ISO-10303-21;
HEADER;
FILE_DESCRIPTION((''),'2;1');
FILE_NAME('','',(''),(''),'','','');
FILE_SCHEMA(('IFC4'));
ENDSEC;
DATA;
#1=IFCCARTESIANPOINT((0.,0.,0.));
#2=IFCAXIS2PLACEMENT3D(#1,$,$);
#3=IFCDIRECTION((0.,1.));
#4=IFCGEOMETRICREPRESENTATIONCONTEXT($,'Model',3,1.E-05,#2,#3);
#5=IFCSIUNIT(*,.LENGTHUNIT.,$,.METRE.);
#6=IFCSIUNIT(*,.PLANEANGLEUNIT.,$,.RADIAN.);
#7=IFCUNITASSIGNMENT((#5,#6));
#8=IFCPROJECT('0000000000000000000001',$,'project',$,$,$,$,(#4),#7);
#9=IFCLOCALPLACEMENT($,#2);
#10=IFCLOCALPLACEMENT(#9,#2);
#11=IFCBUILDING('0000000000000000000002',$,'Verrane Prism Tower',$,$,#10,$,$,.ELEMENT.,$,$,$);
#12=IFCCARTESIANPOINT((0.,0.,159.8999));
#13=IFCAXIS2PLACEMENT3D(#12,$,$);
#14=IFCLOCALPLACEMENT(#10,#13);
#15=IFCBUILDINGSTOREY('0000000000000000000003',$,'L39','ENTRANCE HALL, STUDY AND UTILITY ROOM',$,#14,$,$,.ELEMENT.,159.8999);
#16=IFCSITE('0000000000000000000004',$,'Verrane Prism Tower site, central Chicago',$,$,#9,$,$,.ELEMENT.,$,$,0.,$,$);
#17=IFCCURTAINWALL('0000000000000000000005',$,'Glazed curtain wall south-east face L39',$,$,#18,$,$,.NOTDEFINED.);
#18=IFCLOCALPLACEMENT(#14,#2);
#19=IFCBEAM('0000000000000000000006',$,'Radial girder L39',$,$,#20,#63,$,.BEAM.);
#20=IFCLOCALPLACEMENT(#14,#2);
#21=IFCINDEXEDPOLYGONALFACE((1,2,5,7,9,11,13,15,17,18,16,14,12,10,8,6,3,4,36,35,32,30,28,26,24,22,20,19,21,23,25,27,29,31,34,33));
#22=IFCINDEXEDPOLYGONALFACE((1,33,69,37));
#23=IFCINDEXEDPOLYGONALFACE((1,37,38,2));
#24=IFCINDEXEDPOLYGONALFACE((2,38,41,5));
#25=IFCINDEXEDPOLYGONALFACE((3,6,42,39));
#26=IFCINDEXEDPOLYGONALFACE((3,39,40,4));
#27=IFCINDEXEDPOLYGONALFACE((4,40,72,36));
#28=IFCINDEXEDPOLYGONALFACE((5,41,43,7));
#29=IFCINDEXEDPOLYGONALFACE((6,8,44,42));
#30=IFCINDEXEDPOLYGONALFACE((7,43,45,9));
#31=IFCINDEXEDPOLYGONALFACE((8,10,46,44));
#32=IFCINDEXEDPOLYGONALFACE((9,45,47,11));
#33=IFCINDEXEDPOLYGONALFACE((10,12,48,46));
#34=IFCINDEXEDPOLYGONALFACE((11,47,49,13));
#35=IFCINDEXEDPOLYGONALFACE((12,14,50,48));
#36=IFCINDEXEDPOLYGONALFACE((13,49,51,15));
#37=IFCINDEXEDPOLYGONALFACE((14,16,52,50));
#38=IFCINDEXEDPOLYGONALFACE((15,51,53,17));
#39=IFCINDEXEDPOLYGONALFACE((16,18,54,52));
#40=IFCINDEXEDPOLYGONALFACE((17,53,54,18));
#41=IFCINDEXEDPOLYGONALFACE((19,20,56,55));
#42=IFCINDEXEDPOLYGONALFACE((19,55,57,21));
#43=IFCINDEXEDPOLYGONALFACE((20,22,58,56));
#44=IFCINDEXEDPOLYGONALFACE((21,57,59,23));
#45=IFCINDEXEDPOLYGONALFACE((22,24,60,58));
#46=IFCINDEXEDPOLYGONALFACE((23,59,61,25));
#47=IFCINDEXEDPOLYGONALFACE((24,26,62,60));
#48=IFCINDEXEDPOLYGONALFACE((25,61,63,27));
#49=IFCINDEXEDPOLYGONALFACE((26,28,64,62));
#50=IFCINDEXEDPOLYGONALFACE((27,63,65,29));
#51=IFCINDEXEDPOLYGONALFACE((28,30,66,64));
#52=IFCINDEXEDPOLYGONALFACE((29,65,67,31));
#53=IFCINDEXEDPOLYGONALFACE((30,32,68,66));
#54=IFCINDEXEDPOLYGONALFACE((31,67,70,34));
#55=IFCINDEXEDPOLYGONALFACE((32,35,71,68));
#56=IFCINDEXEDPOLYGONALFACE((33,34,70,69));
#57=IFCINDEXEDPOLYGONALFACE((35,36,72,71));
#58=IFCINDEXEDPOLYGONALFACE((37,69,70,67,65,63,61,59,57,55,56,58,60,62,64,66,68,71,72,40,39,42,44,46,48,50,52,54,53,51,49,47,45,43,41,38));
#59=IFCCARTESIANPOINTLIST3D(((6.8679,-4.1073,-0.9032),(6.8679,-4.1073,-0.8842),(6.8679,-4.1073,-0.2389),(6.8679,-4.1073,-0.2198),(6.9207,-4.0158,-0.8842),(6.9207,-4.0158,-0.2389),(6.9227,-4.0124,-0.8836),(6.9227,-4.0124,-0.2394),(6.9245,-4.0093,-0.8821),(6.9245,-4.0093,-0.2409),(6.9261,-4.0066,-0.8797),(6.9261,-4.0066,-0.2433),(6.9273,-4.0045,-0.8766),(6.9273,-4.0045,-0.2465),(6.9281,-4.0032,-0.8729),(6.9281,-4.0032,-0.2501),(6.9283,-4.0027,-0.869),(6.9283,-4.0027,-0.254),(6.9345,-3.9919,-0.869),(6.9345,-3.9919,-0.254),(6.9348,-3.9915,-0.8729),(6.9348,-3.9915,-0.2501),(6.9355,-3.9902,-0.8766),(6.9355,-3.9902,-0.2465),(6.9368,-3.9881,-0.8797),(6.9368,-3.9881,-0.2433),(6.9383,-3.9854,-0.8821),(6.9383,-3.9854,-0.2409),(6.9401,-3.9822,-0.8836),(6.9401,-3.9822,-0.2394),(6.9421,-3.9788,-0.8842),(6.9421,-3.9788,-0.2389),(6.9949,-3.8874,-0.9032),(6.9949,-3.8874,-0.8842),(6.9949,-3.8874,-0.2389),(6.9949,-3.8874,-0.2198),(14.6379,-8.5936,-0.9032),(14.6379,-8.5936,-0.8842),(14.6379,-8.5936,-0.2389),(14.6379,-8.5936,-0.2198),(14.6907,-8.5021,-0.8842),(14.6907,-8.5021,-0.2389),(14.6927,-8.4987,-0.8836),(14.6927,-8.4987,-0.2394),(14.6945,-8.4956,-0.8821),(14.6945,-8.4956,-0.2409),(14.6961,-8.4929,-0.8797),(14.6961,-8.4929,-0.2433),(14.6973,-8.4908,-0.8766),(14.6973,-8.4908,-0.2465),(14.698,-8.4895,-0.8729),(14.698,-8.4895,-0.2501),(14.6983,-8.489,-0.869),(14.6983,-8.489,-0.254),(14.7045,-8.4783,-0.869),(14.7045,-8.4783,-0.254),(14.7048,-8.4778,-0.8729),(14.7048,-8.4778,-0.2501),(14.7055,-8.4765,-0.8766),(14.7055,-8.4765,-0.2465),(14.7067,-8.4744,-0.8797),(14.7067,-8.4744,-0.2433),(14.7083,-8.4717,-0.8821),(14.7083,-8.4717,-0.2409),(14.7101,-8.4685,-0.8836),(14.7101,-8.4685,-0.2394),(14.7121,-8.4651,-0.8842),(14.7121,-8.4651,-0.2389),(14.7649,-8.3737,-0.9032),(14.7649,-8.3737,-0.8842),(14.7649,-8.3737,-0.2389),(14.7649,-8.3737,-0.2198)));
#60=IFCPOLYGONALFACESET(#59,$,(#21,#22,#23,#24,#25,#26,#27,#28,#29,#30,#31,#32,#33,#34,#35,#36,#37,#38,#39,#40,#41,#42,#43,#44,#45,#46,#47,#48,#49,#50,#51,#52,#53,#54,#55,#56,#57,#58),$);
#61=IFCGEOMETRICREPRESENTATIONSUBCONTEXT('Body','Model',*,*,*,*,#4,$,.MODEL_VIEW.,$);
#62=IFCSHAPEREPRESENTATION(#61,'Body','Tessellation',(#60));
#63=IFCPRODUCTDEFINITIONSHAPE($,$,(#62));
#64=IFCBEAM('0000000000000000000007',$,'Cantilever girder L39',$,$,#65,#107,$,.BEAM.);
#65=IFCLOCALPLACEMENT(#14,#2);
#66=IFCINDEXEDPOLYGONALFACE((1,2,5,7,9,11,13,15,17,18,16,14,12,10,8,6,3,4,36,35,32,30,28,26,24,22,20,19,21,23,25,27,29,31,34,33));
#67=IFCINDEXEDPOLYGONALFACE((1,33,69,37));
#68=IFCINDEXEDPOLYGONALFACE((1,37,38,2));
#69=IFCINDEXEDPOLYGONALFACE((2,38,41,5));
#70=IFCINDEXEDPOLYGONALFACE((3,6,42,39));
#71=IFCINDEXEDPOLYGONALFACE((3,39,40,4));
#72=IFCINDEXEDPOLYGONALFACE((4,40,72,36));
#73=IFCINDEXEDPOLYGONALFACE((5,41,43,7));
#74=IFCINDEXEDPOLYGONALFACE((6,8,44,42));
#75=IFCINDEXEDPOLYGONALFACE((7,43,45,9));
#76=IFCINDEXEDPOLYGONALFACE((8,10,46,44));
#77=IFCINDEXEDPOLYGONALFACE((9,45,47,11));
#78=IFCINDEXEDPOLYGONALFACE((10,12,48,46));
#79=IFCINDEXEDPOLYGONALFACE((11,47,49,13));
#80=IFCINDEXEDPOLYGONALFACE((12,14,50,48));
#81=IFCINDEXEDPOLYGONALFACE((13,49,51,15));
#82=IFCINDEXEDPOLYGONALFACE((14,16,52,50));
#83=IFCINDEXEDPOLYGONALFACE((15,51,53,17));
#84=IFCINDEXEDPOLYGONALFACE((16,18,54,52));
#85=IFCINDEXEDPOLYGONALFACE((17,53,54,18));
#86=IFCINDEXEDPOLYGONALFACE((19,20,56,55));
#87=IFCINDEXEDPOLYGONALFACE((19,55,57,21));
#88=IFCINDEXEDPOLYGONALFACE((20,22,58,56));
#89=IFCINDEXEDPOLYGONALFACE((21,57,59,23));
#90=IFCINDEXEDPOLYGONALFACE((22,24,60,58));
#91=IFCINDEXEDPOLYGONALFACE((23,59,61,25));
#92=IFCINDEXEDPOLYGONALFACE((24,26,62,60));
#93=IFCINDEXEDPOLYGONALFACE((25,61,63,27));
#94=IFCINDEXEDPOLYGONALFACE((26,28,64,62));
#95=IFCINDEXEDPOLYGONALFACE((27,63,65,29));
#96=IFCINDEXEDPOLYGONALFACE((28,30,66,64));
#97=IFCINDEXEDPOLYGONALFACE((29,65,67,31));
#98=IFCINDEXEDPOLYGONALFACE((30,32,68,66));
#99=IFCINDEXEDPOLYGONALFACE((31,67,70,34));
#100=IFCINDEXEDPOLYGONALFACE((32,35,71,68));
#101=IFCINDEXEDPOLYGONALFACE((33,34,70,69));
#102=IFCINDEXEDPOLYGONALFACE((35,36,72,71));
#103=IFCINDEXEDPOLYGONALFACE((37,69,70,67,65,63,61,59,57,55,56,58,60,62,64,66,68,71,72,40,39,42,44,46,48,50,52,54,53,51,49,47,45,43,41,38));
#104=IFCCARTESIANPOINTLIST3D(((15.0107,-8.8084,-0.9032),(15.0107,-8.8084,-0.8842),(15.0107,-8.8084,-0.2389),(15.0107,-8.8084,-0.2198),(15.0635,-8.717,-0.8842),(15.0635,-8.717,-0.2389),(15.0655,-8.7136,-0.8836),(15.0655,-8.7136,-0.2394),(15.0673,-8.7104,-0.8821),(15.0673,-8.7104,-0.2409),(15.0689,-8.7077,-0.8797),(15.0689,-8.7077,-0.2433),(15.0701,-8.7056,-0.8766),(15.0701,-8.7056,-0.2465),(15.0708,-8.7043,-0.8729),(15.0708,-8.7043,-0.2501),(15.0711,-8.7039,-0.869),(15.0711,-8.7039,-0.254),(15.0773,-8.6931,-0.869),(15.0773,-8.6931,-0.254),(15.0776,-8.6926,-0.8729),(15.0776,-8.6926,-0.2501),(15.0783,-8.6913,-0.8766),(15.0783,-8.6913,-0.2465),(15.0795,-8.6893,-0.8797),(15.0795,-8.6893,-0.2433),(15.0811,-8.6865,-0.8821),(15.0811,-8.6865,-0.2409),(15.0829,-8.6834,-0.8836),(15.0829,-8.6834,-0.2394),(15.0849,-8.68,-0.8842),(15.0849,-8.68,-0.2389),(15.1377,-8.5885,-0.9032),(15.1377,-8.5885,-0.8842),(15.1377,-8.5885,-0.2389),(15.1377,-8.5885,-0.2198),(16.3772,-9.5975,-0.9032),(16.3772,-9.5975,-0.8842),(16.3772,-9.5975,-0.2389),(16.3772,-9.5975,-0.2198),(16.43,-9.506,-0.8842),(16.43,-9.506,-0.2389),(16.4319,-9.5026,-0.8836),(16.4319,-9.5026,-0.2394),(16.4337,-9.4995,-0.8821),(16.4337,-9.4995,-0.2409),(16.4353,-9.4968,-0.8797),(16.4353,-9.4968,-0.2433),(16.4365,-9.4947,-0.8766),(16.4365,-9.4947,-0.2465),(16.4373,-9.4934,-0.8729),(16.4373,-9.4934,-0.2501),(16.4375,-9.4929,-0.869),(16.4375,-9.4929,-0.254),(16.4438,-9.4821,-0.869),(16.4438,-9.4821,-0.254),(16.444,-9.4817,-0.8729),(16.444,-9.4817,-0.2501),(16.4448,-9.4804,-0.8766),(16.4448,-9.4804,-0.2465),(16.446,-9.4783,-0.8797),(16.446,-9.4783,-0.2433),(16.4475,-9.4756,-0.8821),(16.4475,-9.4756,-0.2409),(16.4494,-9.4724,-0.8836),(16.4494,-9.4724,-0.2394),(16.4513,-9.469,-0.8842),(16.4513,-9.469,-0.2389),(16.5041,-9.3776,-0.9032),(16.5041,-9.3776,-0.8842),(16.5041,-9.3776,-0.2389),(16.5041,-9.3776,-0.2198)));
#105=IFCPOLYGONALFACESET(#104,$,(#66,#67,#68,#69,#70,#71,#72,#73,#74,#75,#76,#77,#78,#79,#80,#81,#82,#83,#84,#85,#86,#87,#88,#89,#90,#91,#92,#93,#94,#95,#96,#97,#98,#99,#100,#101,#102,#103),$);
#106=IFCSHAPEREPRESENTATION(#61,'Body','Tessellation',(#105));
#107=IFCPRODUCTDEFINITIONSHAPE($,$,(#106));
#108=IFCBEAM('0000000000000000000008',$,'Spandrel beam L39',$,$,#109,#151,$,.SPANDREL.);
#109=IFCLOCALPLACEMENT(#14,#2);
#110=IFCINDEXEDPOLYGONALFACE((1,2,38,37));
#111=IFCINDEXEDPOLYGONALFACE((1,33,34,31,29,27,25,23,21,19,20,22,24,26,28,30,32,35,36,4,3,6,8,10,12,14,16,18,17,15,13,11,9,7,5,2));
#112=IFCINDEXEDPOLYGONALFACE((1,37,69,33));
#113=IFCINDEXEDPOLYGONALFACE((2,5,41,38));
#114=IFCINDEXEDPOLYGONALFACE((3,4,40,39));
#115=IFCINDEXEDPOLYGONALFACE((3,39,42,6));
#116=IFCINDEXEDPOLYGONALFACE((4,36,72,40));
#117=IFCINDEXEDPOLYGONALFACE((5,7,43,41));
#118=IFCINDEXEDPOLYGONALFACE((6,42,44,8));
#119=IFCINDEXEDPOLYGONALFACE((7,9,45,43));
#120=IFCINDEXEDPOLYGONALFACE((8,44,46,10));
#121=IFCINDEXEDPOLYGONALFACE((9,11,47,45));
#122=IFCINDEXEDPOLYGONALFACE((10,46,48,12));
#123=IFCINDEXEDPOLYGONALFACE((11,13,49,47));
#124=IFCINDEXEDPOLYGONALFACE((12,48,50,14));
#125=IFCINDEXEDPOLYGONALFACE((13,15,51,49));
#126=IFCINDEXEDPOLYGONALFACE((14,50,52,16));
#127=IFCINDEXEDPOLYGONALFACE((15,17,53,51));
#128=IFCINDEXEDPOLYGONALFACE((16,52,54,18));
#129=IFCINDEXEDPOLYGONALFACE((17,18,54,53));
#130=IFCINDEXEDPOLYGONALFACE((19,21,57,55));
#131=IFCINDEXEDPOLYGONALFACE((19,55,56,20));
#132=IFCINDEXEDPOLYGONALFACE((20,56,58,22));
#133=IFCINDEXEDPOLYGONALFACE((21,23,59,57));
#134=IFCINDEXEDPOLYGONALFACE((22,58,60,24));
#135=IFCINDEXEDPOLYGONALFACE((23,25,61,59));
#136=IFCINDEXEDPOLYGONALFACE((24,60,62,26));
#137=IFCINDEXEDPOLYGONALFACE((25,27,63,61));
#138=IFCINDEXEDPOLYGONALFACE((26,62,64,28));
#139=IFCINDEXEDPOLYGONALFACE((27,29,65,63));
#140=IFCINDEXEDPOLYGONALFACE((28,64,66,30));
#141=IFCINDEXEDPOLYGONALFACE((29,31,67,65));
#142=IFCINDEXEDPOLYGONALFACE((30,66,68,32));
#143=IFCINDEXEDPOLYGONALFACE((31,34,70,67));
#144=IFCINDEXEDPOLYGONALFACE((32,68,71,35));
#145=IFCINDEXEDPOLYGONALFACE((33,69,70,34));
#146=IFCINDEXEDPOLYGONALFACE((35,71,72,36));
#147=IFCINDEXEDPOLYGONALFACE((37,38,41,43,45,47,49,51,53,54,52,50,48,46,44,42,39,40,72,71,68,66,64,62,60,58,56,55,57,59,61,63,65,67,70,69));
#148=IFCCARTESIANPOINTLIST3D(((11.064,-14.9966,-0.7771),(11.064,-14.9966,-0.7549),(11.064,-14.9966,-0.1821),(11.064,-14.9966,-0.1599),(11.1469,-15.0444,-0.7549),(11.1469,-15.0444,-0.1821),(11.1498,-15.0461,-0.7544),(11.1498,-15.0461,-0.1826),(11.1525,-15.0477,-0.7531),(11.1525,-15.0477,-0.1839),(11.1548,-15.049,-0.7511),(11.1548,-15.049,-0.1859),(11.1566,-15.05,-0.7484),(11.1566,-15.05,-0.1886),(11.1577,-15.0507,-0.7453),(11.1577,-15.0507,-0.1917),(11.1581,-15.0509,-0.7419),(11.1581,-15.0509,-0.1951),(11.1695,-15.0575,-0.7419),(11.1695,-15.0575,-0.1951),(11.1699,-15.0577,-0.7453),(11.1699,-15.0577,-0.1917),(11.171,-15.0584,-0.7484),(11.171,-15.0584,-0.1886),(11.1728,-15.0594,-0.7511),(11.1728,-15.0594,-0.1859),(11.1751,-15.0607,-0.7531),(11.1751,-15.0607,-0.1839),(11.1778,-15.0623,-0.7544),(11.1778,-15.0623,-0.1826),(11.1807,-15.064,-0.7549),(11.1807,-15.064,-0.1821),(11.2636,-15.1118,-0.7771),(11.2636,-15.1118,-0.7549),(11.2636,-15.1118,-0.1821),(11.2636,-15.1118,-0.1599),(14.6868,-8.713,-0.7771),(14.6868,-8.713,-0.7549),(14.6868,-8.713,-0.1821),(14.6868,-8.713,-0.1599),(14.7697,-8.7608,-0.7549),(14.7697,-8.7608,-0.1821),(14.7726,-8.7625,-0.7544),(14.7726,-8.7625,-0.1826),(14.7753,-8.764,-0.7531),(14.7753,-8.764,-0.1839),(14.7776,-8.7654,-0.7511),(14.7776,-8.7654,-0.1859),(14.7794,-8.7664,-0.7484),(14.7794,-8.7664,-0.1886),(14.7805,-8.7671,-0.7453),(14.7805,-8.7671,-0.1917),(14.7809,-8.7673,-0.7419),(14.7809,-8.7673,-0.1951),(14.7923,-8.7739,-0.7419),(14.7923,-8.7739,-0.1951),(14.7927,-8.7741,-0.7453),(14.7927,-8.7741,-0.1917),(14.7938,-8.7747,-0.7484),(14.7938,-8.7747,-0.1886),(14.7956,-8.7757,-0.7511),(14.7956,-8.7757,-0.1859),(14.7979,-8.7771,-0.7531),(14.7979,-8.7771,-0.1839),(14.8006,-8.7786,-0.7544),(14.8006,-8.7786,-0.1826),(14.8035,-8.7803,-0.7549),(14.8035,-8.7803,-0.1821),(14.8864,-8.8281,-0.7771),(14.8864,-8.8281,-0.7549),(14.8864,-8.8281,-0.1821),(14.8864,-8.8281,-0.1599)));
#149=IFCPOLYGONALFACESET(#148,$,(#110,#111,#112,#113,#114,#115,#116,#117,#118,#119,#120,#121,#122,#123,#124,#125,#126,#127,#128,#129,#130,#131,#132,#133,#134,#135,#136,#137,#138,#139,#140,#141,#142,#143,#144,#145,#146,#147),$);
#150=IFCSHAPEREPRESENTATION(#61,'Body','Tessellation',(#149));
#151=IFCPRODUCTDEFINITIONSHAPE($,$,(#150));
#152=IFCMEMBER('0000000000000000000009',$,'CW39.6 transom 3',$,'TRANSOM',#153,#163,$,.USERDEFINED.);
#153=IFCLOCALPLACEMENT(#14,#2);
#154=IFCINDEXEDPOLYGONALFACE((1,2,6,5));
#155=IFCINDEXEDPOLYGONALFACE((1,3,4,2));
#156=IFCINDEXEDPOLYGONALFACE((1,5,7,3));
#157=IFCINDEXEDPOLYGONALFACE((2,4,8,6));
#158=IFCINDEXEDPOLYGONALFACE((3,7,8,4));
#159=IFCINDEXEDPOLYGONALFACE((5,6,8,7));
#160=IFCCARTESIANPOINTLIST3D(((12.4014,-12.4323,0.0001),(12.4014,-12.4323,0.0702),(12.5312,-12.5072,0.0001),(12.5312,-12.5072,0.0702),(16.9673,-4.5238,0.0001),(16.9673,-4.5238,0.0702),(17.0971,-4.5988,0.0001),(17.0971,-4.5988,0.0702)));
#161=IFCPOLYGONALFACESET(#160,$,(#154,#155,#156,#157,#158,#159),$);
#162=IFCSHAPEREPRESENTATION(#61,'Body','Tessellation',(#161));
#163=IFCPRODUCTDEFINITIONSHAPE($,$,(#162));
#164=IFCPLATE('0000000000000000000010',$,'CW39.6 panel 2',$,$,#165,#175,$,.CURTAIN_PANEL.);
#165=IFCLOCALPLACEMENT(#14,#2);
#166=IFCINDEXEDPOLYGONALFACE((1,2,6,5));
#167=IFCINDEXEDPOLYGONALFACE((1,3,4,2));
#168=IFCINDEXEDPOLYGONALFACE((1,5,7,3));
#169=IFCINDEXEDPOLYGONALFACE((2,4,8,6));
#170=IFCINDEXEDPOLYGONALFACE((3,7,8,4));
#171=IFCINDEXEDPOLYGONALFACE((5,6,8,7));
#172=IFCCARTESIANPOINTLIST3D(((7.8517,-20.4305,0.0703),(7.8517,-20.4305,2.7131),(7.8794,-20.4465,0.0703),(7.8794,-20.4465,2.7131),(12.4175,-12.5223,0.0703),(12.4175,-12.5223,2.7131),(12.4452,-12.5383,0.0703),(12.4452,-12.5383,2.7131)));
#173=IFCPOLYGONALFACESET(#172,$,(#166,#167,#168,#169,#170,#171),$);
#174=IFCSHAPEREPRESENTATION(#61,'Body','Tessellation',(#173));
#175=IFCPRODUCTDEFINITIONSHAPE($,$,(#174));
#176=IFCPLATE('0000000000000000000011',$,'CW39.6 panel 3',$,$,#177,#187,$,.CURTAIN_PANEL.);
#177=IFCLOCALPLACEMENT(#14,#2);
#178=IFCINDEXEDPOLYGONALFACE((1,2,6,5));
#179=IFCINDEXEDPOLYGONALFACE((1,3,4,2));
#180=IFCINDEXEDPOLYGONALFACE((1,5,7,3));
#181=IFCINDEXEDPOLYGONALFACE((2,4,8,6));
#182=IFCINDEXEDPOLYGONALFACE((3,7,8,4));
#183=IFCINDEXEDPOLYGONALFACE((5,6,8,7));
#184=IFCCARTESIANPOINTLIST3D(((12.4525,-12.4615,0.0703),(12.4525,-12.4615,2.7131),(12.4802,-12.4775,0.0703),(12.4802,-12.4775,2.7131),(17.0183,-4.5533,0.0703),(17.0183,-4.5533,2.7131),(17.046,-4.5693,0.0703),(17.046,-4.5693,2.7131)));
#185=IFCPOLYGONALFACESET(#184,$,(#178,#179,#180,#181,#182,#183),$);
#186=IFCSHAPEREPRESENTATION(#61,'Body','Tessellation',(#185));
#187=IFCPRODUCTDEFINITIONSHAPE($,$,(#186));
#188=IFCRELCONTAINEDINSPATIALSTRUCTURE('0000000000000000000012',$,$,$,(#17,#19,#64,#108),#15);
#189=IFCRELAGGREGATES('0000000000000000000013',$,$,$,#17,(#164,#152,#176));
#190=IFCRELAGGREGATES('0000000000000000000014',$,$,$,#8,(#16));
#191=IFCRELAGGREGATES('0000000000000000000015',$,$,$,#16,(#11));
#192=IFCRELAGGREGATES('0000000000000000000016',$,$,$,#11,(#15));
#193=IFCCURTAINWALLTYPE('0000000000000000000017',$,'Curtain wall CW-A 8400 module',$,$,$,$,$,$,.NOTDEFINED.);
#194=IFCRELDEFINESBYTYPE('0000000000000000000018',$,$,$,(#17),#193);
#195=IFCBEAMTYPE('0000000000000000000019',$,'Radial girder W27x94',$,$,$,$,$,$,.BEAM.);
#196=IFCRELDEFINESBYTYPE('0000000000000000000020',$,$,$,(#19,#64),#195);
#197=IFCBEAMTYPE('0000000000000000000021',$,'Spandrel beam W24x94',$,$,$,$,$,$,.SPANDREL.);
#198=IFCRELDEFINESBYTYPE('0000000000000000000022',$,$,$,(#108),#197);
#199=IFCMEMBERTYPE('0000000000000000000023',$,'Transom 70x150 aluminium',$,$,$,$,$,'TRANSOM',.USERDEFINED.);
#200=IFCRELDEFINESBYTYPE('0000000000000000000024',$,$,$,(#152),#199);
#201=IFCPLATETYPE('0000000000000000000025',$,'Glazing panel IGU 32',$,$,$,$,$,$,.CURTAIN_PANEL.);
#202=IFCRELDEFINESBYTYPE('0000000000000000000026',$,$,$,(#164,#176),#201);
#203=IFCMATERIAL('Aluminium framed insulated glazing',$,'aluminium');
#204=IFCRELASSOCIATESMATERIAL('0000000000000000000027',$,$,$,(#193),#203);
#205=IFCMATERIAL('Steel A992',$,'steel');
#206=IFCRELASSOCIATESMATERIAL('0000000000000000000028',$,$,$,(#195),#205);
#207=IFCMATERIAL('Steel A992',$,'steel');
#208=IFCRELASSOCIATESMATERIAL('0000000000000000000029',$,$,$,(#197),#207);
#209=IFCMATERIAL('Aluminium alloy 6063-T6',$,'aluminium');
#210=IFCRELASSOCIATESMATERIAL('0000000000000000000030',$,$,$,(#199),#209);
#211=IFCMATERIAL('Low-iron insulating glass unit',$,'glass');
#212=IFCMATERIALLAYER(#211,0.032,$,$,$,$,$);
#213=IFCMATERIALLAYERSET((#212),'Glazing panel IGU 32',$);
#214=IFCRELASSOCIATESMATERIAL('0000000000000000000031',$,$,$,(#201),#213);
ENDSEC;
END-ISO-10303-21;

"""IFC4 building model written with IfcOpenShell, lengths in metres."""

from ifc_helpers import new_model, si_unit, direction, frame, origin, origin_2d, place, context, subcontext, project, spatial, rectangle, i_section, extrude, material, layer, layer_set, material_profile, profile_set, type_object, element, aggregate, save


model = new_model("IFC4")

# Units and contexts
model_context = context("Model", 3, precision=1e-05, world=origin(), true_north=direction((0.0, 1.0)))
body_context = subcontext(model_context, "Body", "Model", "MODEL_VIEW")
ifc_project = project(units=[si_unit("LENGTHUNIT", "METRE"), si_unit("PLANEANGLEUNIT", "RADIAN")], contexts=[model_context])

# Site, building, storey
site_placement = place(None, origin())
site = spatial("IfcSite", under=ifc_project, at=site_placement, Name="Verrane Prism Tower site, central Chicago", CompositionType="ELEMENT", RefElevation=0.0)
building_placement = place(site_placement, origin())
building = spatial("IfcBuilding", under=site, at=building_placement, Name="Verrane Prism Tower", CompositionType="ELEMENT")
storey_placement = place(building_placement, frame((0.0, 0.0, 159.8999)))
storey = spatial("IfcBuildingStorey", under=building, at=storey_placement, Name="L39", Description="ENTRANCE HALL, STUDY AND UTILITY ROOM", CompositionType="ELEMENT", Elevation=159.8999)

# Curtain wall
ifc_material_1 = material(Name="Aluminium framed insulated glazing", Category="aluminium")
curtain_wall_type = type_object("IfcCurtainWallType", Name="Curtain wall CW-A 8400 module", PredefinedType="NOTDEFINED", material=ifc_material_1)
curtain_wall_placement = place(storey_placement, origin())
curtain_wall = element("IfcCurtainWall", 1, at=curtain_wall_placement, inside=storey, type_object=curtain_wall_type, Name="Glazed curtain wall south-east face L39", PredefinedType="NOTDEFINED")

# Beams
ifc_material_2 = material(Name="Steel A992", Category="steel")
ifc_material_profile_1 = material_profile(ifc_material_2, i_section(OverallWidth=0.2539, OverallDepth=0.6833, WebThickness=0.0125, FlangeThickness=0.019, FilletRadius=0.0151, at=origin_2d()), Name="W27x94")
ifc_profile_set_1 = profile_set([ifc_material_profile_1], Name="Steel A992")
beam_type_1 = type_object("IfcBeamType", Name="Radial girder W27x94", PredefinedType="BEAM", material=ifc_profile_set_1)
beam_1_placement = place(storey_placement, frame((14.7014, -8.4836, -0.5615), z_axis=(-0.866011, 0.500026, 0.0), x_axis=(-0.500026, -0.866011, 0.0)))
element("IfcBeam", 2, at=beam_1_placement, inside=storey, type_object=beam_type_1, Name="Radial girder L39", PredefinedType="BEAM", context=body_context, shape_type="SweptSolid", body=[
    extrude(i_section(OverallWidth=0.2539, OverallDepth=0.6833, WebThickness=0.0125, FlangeThickness=0.019, FilletRadius=0.0151, at=origin_2d()), origin(), (0.0, 0.0, 1.0), 8.9722),
])
beam_2_placement = place(storey_placement, frame((15.0742, -8.6985, -0.5615), z_axis=(0.865987, -0.500066, 0.0), x_axis=(0.500066, 0.865987, 0.0)))
element("IfcBeam", 3, at=beam_2_placement, inside=storey, type_object=beam_type_1, Name="Cantilever girder L39", PredefinedType="BEAM", context=body_context, shape_type="SweptSolid", body=[
    extrude(i_section(OverallWidth=0.2539, OverallDepth=0.6833, WebThickness=0.0125, FlangeThickness=0.019, FilletRadius=0.0151, at=origin_2d()), origin(), (0.0, 0.0, 1.0), 1.5779),
])
ifc_material_3 = material(Name="Steel A992", Category="steel")
ifc_material_profile_2 = material_profile(ifc_material_3, i_section(OverallWidth=0.2305, OverallDepth=0.6172, WebThickness=0.0132, FlangeThickness=0.0222, FilletRadius=0.0129, at=origin_2d()), Name="W24x94")
ifc_profile_set_2 = profile_set([ifc_material_profile_2], Name="Steel A992")
beam_type_2 = type_object("IfcBeamType", Name="Spandrel beam W24x94", PredefinedType="SPANDREL", material=ifc_profile_set_2)
beam_3_placement = place(storey_placement, frame((11.1638, -15.0542, -0.4685), z_axis=(0.499474, 0.866329, 0.0), x_axis=(-0.866329, 0.499474, 0.0)))
element("IfcBeam", 4, at=beam_3_placement, inside=storey, type_object=beam_type_2, Name="Spandrel beam L39", PredefinedType="SPANDREL", context=body_context, shape_type="SweptSolid", body=[
    extrude(i_section(OverallWidth=0.2305, OverallDepth=0.6172, WebThickness=0.0132, FlangeThickness=0.0222, FilletRadius=0.0129, at=origin_2d()), origin(), (0.0, 0.0, 1.0), 7.2532),
])

# Member
ifc_material_4 = material(Name="Aluminium alloy 6063-T6", Category="aluminium")
ifc_material_profile_3 = material_profile(ifc_material_4, rectangle(XDim=0.1499, YDim=0.0701, at=origin_2d()), Name="Transom 70x150 aluminium")
ifc_profile_set_3 = profile_set([ifc_material_profile_3], Name="Aluminium alloy 6063-T6")
member_type_1 = type_object("IfcMemberType", Name="Transom 70x150 aluminium", ElementType="TRANSOM", PredefinedType="USERDEFINED", material=ifc_profile_set_3)
member_1_placement = place(storey_placement, frame((12.4663, -12.4697, 0.0352), z_axis=(0.499998, 0.866027, 0.0), x_axis=(-0.866027, 0.499998, 0.0)))
member_1 = element("IfcMember", 5, at=member_1_placement, type_object=member_type_1, Name="CW39.6 transom 3", ObjectType="TRANSOM", PredefinedType="USERDEFINED", context=body_context, shape_type="SweptSolid", body=[
    extrude(rectangle(XDim=0.1499, YDim=0.0701, at=origin_2d()), origin(), (0.0, 0.0, 1.0), 9.1318),
])

# Plates
ifc_material_5 = material(Name="Low-iron insulating glass unit", Category="glass")
ifc_layer_1 = layer(ifc_material_5, 0.032)
ifc_layer_set_1 = layer_set([ifc_layer_1], Name="Glazing panel IGU 32")
plate_type = type_object("IfcPlateType", Name="Glazing panel IGU 32", PredefinedType="CURTAIN_PANEL", material=ifc_layer_set_1)
plate_1_placement = place(storey_placement, frame((10.1484, -16.4844, 0.0703), z_axis=(0.0, 0.0, 1.0), x_axis=(0.499999, 0.866026, 0.0)))
plate_1 = element("IfcPlate", 6, at=plate_1_placement, type_object=plate_type, Name="CW39.6 panel 2", PredefinedType="CURTAIN_PANEL", context=body_context, shape_type="SweptSolid", body=[
    extrude(rectangle(XDim=9.1316, YDim=0.032, at=origin_2d()), origin(), (0.0, 0.0, 1.0), 2.6428),
])
plate_2_placement = place(storey_placement, frame((14.7493, -8.5154, 0.0703), z_axis=(0.0, 0.0, 1.0), x_axis=(0.499999, 0.866026, 0.0)))
plate_2 = element("IfcPlate", 7, at=plate_2_placement, type_object=plate_type, Name="CW39.6 panel 3", PredefinedType="CURTAIN_PANEL", context=body_context, shape_type="SweptSolid", body=[
    extrude(rectangle(XDim=9.1316, YDim=0.032, at=origin_2d()), origin(), (0.0, 0.0, 1.0), 2.6428),
])
aggregate(curtain_wall, [plate_1, member_1, plate_2])

save(model, "model.ifc")
